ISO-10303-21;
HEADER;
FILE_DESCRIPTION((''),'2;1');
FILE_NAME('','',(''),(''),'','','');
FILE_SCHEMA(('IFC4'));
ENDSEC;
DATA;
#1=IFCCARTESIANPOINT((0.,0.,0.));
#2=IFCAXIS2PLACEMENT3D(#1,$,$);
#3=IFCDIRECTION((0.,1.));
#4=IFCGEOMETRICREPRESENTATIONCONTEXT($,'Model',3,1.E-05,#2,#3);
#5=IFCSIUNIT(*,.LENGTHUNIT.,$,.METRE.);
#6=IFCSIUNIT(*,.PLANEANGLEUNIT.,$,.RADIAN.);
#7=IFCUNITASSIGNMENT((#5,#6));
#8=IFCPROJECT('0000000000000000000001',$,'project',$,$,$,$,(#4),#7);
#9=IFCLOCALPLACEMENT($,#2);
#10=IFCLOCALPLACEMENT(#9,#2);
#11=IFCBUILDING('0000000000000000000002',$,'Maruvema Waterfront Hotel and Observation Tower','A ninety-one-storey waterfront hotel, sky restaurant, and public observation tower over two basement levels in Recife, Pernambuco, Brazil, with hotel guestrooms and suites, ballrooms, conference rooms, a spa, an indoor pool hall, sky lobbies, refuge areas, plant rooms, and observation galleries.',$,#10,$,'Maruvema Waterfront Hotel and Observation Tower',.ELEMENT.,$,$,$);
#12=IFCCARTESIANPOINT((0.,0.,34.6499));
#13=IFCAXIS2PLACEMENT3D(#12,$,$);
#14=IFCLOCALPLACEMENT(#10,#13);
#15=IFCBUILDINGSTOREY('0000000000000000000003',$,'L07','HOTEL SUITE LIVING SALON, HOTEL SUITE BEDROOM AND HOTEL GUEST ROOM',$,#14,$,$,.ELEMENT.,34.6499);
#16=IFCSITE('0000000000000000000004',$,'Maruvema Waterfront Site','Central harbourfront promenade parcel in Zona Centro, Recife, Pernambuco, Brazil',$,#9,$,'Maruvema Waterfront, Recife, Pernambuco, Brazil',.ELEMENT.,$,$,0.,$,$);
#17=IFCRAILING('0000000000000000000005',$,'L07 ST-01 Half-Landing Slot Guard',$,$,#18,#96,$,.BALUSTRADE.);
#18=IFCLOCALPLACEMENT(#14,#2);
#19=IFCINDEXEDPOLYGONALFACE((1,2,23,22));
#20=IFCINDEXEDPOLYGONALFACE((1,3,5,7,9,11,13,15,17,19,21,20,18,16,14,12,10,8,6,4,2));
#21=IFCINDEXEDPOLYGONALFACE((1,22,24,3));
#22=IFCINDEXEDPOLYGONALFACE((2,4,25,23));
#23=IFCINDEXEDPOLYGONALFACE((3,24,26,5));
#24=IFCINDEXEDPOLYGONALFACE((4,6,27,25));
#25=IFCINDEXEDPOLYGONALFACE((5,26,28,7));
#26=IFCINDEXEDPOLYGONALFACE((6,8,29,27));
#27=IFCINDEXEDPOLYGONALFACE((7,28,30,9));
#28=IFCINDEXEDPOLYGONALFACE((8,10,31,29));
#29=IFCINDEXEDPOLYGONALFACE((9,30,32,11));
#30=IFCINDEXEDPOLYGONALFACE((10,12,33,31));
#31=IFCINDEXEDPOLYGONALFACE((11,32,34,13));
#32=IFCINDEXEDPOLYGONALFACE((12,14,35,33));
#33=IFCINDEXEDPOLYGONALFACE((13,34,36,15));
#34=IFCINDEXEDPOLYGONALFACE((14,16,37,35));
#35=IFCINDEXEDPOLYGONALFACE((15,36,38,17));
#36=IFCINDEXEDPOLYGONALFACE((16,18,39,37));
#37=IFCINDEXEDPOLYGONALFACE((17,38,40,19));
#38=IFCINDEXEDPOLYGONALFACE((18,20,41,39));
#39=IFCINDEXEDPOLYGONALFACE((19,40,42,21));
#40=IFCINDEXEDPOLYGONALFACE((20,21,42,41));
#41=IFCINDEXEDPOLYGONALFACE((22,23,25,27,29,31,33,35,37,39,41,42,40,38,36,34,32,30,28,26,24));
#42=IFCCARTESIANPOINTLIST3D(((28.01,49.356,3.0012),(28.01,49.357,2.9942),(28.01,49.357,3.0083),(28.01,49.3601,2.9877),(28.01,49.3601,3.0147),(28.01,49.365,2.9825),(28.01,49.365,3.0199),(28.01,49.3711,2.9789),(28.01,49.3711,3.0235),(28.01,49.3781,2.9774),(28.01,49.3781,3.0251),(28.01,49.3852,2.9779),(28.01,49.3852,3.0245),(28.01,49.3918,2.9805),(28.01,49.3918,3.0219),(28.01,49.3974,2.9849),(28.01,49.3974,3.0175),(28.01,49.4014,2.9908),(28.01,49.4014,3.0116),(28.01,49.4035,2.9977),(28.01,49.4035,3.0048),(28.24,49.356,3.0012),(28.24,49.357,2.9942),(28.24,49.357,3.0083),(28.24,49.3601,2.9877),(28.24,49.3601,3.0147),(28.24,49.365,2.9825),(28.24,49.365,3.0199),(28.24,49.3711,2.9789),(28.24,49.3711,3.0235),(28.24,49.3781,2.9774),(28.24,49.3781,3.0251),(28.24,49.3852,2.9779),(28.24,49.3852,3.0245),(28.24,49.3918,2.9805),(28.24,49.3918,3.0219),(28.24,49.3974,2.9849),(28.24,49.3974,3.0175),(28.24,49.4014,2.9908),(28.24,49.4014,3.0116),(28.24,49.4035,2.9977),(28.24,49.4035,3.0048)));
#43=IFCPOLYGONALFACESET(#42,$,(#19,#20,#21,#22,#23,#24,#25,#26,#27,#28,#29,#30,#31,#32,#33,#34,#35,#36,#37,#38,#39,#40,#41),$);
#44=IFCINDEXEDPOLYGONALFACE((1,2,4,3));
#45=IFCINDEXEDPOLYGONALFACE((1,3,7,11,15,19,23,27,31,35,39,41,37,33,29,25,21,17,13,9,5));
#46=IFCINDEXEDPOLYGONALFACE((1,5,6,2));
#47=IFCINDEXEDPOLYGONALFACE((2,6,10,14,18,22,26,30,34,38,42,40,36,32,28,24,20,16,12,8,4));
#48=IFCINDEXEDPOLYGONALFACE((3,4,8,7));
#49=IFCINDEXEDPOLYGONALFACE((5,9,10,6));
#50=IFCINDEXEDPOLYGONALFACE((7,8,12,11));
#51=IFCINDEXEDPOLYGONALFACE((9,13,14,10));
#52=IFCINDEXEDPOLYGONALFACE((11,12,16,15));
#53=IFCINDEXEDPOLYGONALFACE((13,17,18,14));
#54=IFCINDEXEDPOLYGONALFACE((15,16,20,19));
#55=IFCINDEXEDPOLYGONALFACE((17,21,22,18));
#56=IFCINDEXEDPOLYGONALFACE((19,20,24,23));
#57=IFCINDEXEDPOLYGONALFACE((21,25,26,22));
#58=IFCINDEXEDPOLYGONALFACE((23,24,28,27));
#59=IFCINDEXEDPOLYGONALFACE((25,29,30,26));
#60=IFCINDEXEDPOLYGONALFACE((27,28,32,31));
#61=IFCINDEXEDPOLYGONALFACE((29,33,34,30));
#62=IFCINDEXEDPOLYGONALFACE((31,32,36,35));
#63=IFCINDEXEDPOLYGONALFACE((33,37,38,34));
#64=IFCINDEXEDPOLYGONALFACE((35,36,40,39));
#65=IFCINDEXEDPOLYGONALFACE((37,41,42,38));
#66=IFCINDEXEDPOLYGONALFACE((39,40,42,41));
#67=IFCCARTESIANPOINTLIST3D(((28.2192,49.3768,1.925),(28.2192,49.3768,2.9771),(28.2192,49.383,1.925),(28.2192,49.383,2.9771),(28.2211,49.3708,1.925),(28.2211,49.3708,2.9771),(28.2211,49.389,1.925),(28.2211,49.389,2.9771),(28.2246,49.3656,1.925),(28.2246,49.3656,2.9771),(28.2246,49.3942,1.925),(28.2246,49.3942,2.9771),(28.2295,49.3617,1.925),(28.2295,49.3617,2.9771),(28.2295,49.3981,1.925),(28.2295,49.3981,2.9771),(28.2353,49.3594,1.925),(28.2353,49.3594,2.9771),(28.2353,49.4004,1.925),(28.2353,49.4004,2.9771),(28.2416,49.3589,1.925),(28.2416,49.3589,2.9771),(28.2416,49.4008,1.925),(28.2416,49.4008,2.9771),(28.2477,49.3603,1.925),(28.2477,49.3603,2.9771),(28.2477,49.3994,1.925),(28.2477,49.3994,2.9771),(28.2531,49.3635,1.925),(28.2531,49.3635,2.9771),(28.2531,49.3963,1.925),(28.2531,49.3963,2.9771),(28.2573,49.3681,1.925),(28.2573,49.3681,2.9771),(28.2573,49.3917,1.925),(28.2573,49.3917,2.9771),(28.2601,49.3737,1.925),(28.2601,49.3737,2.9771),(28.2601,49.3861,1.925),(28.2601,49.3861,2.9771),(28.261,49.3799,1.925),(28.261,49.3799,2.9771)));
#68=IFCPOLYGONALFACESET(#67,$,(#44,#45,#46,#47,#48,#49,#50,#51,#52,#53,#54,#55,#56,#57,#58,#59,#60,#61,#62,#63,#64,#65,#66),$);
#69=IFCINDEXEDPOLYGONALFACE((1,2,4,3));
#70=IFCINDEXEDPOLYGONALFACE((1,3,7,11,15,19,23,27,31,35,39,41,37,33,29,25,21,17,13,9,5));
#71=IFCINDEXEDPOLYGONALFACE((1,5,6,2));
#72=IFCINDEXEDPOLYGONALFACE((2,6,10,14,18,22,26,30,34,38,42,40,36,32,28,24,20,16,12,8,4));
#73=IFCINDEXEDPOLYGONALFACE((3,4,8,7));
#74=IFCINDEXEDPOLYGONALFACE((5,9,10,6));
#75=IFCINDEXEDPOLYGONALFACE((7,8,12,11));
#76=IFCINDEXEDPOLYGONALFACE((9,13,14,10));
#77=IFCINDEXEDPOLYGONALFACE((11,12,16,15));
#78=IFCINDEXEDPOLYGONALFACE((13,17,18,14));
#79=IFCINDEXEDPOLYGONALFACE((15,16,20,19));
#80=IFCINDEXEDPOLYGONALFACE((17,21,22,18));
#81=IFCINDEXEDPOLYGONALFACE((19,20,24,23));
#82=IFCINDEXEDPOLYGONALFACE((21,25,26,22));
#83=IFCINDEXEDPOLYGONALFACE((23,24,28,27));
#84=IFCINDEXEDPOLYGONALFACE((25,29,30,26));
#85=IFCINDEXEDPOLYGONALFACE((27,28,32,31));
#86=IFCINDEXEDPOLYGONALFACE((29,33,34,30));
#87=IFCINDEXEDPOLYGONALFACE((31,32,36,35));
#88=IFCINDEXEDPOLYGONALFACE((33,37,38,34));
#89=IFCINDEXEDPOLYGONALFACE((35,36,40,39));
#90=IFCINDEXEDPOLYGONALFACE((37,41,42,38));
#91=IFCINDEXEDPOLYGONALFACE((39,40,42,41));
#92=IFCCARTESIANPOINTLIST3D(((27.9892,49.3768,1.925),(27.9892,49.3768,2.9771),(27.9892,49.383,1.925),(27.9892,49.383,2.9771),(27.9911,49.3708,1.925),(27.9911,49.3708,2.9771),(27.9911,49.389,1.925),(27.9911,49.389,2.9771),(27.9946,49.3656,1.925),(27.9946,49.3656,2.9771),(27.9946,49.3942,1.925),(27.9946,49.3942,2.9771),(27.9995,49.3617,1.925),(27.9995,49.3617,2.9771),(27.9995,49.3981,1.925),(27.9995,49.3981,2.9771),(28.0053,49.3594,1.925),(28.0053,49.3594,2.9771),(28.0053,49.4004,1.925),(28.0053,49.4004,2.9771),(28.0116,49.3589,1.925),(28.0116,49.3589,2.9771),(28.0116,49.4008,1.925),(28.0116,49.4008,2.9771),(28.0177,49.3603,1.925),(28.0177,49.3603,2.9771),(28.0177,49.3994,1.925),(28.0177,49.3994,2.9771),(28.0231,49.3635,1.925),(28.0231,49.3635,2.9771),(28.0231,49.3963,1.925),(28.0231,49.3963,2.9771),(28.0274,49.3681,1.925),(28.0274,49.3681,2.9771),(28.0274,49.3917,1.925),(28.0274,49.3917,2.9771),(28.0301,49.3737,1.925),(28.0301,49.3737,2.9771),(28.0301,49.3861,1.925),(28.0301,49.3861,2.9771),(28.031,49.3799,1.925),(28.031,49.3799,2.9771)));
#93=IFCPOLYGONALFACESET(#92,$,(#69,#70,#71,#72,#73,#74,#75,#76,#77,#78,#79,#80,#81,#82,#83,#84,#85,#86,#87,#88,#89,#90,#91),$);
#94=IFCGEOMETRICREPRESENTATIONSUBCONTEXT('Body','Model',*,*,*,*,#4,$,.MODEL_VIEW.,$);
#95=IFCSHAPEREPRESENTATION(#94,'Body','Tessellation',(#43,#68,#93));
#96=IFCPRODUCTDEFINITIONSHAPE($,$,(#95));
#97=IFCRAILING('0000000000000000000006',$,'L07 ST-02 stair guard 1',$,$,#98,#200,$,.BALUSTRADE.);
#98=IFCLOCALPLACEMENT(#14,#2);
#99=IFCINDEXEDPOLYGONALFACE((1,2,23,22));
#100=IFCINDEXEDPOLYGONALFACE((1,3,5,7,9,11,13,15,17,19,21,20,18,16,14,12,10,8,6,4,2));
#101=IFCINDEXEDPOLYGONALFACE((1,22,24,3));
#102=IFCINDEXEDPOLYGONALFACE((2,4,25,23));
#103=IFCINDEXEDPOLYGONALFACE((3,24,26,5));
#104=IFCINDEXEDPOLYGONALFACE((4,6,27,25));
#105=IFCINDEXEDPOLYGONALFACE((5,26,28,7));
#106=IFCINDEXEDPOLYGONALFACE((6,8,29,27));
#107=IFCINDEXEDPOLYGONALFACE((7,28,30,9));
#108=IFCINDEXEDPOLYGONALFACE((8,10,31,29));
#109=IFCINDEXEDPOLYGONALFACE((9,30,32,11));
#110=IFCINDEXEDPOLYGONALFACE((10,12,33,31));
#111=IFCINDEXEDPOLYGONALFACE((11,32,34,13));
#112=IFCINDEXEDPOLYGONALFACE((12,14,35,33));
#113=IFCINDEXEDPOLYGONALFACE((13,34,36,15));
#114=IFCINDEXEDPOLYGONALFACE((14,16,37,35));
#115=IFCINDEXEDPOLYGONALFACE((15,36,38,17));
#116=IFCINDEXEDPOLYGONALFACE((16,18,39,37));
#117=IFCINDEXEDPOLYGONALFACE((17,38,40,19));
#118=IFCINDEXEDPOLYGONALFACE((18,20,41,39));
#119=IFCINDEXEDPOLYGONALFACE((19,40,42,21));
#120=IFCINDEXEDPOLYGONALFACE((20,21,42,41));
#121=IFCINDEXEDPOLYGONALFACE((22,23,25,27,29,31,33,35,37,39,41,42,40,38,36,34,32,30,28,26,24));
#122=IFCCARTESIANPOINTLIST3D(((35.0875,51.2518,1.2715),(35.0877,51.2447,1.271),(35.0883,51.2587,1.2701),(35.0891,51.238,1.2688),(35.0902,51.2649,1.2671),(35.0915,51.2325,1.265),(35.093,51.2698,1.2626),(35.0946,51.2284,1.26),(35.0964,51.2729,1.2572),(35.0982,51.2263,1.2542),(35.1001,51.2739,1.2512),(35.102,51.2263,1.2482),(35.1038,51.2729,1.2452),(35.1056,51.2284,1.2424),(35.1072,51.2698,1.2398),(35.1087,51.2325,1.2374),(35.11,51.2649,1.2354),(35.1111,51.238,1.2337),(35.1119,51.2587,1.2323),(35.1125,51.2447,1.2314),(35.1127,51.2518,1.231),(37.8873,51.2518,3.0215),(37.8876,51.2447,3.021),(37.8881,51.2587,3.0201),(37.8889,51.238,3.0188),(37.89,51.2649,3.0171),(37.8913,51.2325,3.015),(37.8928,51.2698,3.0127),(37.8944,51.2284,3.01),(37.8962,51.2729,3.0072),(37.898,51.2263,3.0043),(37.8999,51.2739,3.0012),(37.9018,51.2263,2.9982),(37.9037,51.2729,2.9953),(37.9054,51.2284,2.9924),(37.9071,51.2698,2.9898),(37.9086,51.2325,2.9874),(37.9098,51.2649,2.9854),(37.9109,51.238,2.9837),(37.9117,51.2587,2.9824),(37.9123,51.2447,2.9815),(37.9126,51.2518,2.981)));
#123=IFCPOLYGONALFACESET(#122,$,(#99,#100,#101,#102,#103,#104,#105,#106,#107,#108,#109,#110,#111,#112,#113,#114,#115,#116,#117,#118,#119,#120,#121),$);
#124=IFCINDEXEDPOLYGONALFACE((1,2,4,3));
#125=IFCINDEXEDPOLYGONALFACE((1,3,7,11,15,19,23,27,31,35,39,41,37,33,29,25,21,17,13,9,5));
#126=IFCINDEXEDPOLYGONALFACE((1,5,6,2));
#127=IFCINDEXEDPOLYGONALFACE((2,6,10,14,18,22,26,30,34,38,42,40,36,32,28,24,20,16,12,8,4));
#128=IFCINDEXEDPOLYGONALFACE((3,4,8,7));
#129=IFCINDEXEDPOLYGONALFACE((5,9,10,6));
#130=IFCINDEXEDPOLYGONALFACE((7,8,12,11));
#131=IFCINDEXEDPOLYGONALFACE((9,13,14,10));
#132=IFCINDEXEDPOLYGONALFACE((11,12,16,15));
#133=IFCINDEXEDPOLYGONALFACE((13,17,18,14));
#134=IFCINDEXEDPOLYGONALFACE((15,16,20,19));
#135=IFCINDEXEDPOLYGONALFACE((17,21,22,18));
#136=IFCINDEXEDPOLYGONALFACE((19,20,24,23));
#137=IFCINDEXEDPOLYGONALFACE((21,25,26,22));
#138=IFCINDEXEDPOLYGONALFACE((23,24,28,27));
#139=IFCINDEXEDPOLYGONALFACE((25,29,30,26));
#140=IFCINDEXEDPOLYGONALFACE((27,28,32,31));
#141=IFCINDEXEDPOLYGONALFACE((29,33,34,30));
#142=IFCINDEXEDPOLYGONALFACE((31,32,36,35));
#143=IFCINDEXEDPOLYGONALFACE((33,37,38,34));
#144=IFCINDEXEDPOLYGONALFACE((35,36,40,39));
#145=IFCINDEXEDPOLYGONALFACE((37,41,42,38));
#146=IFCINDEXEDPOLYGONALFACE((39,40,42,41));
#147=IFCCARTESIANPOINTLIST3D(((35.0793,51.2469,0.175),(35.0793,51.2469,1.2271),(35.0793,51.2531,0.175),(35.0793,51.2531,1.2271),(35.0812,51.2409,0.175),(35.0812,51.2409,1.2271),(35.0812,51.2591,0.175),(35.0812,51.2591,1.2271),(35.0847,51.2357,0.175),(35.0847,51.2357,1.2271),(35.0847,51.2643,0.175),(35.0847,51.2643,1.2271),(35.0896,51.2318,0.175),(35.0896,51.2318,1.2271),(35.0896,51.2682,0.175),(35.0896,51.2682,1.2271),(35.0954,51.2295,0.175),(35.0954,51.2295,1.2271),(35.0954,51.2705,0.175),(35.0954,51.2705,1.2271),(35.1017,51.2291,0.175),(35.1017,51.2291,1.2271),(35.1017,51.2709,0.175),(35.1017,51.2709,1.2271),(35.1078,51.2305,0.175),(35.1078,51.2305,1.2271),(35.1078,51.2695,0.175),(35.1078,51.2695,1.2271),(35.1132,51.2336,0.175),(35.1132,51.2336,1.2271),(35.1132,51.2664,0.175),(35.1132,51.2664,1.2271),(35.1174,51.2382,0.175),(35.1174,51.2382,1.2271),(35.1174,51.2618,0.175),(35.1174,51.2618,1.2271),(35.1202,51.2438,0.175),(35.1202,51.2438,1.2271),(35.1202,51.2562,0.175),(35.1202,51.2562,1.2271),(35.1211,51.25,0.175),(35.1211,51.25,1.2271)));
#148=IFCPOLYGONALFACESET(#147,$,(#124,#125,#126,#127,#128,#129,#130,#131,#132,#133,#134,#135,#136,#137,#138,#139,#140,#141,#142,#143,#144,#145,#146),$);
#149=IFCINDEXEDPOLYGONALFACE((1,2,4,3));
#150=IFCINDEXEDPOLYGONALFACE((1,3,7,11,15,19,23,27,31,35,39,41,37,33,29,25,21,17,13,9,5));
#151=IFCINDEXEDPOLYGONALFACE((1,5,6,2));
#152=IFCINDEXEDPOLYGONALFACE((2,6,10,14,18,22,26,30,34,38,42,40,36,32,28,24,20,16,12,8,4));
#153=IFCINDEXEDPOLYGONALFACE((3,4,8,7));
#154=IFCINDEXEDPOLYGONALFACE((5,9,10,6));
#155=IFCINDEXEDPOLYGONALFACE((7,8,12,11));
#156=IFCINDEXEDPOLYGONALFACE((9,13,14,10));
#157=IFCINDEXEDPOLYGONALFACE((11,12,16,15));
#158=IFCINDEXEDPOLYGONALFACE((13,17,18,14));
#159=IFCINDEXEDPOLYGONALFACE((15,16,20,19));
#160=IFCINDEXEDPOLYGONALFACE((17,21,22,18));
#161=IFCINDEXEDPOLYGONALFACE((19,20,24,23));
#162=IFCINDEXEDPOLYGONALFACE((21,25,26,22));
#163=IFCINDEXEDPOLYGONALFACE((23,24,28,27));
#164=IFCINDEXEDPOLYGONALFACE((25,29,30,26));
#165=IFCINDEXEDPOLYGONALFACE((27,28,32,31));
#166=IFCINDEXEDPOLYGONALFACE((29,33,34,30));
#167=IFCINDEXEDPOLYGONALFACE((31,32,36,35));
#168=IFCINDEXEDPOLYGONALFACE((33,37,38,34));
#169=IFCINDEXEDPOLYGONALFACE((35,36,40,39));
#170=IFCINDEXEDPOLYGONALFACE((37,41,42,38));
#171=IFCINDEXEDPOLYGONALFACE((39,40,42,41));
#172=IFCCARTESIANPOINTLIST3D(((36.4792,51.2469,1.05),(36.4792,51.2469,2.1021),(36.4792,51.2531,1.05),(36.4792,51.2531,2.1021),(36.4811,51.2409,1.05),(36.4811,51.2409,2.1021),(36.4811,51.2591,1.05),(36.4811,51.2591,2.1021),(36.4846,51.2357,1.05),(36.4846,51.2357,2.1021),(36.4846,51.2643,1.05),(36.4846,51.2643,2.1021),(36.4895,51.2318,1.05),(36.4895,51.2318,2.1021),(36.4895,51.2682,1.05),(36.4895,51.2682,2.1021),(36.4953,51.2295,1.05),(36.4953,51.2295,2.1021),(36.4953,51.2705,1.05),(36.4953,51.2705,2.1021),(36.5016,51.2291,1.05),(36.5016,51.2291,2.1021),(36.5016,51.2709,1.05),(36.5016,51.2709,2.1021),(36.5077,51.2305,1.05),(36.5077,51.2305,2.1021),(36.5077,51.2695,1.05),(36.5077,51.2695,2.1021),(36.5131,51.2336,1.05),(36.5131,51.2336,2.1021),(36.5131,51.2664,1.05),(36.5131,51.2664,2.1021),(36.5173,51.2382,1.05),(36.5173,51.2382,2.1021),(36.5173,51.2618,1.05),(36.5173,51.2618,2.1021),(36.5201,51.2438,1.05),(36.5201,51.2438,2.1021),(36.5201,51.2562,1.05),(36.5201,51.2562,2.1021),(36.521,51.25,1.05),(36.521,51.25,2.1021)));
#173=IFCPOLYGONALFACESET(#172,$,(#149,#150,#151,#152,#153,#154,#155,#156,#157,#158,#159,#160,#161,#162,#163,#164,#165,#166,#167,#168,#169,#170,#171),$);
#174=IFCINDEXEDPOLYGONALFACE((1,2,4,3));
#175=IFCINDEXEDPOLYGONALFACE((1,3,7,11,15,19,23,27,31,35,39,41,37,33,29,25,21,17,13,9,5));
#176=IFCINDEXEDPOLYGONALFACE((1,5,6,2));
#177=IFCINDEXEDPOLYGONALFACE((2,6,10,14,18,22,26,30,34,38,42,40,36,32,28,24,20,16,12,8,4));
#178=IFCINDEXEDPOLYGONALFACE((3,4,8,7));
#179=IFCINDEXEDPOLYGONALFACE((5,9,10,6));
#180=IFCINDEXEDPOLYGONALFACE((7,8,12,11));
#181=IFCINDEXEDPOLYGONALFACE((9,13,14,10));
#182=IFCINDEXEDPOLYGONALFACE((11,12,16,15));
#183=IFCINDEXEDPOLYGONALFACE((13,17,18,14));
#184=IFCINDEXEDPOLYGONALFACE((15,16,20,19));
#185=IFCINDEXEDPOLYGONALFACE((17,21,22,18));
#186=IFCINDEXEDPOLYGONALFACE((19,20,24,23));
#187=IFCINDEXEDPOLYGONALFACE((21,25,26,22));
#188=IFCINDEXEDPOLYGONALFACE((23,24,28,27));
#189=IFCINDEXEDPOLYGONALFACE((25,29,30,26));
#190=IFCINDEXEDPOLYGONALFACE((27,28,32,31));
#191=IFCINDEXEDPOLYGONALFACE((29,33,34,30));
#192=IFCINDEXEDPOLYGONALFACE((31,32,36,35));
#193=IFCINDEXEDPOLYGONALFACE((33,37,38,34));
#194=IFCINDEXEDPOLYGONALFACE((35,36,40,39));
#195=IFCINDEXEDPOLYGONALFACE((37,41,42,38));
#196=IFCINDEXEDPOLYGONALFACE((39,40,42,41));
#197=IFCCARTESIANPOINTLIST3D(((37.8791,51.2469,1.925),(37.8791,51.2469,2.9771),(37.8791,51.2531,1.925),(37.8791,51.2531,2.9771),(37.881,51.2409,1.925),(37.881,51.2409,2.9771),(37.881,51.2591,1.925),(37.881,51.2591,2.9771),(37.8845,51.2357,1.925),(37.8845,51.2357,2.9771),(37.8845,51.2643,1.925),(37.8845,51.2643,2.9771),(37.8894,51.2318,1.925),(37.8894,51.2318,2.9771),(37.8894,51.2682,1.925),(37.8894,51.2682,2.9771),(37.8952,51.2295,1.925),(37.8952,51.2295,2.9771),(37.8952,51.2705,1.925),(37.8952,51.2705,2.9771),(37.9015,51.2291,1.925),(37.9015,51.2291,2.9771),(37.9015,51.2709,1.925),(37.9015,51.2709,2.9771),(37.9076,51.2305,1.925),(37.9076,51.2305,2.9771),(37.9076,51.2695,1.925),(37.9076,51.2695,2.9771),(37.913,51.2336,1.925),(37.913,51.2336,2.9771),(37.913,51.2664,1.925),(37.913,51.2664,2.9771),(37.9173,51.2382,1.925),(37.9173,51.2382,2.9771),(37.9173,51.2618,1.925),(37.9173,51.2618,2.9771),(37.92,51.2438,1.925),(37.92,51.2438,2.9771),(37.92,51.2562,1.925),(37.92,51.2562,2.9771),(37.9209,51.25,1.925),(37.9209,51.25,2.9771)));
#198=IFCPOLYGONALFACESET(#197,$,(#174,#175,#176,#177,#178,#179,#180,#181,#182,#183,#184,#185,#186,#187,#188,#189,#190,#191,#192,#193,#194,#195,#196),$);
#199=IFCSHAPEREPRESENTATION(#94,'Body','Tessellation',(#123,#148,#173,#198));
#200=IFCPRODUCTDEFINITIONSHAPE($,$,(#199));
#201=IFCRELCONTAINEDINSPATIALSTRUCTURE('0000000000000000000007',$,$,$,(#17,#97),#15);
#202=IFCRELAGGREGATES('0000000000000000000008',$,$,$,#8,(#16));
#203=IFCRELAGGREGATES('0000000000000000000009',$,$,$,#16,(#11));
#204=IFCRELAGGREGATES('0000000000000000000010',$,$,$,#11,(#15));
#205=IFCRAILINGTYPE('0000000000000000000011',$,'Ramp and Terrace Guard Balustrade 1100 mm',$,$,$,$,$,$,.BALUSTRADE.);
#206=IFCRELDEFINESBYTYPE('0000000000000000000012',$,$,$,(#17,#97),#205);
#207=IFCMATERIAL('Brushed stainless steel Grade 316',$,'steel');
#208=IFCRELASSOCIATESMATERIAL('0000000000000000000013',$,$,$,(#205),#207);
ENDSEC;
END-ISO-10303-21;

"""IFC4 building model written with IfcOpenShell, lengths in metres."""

from ifc_helpers import new_model, si_unit, direction, frame, origin, origin_2d, place, context, subcontext, project, spatial, circle, extrude, material, type_object, element, save


model = new_model("IFC4")

# Units and contexts
model_context = context("Model", 3, precision=1e-05, world=origin(), true_north=direction((0.0, 1.0)))
body_context = subcontext(model_context, "Body", "Model", "MODEL_VIEW")
ifc_project = project(units=[si_unit("LENGTHUNIT", "METRE"), si_unit("PLANEANGLEUNIT", "RADIAN")], contexts=[model_context])

# Site, building, storey
site_placement = place(None, origin())
site = spatial("IfcSite", under=ifc_project, at=site_placement, Name="Maruvema Waterfront Site", Description="Central harbourfront promenade parcel in Zona Centro, Recife, Pernambuco, Brazil", LongName="Maruvema Waterfront, Recife, Pernambuco, Brazil", CompositionType="ELEMENT", RefElevation=0.0)
building_placement = place(site_placement, origin())
building = spatial("IfcBuilding", under=site, at=building_placement, Name="Maruvema Waterfront Hotel and Observation Tower", Description="A ninety-one-storey waterfront hotel, sky restaurant, and public observation tower over two basement levels in Recife, Pernambuco, Brazil, with hotel guestrooms and suites, ballrooms, conference rooms, a spa, an indoor pool hall, sky lobbies, refuge areas, plant rooms, and observation galleries.", LongName="Maruvema Waterfront Hotel and Observation Tower", CompositionType="ELEMENT")
storey_placement = place(building_placement, frame((0.0, 0.0, 34.6499)))
storey = spatial("IfcBuildingStorey", under=building, at=storey_placement, Name="L07", Description="HOTEL SUITE LIVING SALON, HOTEL SUITE BEDROOM AND HOTEL GUEST ROOM", CompositionType="ELEMENT", Elevation=34.6499)

# Railings
ifc_material_1 = material(Name="Brushed stainless steel Grade 316", Category="steel")
railing_type_1 = type_object("IfcRailingType", Name="Ramp and Terrace Guard Balustrade 1100 mm", PredefinedType="BALUSTRADE", material=ifc_material_1)
railing_1_placement = place(storey_placement, frame((28.24, 49.3799, 1.925)))
element("IfcRailing", 1, at=railing_1_placement, inside=storey, type_object=railing_type_1, Name="L07 ST-01 Half-Landing Slot Guard", PredefinedType="BALUSTRADE", context=body_context, shape_type="SweptSolid", body=[
    extrude(circle(Radius=0.0239, at=origin_2d()), frame((0.0, 0.0, 1.0762), z_axis=(-1.0, 0.0, 0.0), x_axis=(0.0, -1.0, 0.0)), (0.0, 0.0, 1.0), 0.23),
    extrude(circle(Radius=0.021, at=origin_2d()), origin(), (0.0, 0.0, 1.0), 1.052),
    extrude(circle(Radius=0.021, at=origin_2d()), frame((-0.23, 0.0, 0.0)), (0.0, 0.0, 1.0), 1.052),
])
railing_2_placement = place(storey_placement, frame((35.1001, 51.25, 0.175)))
element("IfcRailing", 2, at=railing_2_placement, inside=storey, type_object=railing_type_1, Name="L07 ST-02 stair guard 1", PredefinedType="BALUSTRADE", context=body_context, shape_type="SweptSolid", body=[
    extrude(circle(Radius=0.0239, at=origin_2d()), frame((0.0, 0.0, 1.0762), z_axis=(0.847982, 0.0, 0.530026), x_axis=(0.0, 1.0, 0.0)), (0.0, 0.0, 1.0), 3.3018),
    extrude(circle(Radius=0.021, at=origin_2d()), origin(), (0.0, 0.0, 1.0), 1.052),
    extrude(circle(Radius=0.021, at=origin_2d()), frame((1.3999, 0.0, 0.875)), (0.0, 0.0, 1.0), 1.052),
    extrude(circle(Radius=0.021, at=origin_2d()), frame((2.7998, 0.0, 1.75)), (0.0, 0.0, 1.0), 1.052),
])

save(model, "model.ifc")
